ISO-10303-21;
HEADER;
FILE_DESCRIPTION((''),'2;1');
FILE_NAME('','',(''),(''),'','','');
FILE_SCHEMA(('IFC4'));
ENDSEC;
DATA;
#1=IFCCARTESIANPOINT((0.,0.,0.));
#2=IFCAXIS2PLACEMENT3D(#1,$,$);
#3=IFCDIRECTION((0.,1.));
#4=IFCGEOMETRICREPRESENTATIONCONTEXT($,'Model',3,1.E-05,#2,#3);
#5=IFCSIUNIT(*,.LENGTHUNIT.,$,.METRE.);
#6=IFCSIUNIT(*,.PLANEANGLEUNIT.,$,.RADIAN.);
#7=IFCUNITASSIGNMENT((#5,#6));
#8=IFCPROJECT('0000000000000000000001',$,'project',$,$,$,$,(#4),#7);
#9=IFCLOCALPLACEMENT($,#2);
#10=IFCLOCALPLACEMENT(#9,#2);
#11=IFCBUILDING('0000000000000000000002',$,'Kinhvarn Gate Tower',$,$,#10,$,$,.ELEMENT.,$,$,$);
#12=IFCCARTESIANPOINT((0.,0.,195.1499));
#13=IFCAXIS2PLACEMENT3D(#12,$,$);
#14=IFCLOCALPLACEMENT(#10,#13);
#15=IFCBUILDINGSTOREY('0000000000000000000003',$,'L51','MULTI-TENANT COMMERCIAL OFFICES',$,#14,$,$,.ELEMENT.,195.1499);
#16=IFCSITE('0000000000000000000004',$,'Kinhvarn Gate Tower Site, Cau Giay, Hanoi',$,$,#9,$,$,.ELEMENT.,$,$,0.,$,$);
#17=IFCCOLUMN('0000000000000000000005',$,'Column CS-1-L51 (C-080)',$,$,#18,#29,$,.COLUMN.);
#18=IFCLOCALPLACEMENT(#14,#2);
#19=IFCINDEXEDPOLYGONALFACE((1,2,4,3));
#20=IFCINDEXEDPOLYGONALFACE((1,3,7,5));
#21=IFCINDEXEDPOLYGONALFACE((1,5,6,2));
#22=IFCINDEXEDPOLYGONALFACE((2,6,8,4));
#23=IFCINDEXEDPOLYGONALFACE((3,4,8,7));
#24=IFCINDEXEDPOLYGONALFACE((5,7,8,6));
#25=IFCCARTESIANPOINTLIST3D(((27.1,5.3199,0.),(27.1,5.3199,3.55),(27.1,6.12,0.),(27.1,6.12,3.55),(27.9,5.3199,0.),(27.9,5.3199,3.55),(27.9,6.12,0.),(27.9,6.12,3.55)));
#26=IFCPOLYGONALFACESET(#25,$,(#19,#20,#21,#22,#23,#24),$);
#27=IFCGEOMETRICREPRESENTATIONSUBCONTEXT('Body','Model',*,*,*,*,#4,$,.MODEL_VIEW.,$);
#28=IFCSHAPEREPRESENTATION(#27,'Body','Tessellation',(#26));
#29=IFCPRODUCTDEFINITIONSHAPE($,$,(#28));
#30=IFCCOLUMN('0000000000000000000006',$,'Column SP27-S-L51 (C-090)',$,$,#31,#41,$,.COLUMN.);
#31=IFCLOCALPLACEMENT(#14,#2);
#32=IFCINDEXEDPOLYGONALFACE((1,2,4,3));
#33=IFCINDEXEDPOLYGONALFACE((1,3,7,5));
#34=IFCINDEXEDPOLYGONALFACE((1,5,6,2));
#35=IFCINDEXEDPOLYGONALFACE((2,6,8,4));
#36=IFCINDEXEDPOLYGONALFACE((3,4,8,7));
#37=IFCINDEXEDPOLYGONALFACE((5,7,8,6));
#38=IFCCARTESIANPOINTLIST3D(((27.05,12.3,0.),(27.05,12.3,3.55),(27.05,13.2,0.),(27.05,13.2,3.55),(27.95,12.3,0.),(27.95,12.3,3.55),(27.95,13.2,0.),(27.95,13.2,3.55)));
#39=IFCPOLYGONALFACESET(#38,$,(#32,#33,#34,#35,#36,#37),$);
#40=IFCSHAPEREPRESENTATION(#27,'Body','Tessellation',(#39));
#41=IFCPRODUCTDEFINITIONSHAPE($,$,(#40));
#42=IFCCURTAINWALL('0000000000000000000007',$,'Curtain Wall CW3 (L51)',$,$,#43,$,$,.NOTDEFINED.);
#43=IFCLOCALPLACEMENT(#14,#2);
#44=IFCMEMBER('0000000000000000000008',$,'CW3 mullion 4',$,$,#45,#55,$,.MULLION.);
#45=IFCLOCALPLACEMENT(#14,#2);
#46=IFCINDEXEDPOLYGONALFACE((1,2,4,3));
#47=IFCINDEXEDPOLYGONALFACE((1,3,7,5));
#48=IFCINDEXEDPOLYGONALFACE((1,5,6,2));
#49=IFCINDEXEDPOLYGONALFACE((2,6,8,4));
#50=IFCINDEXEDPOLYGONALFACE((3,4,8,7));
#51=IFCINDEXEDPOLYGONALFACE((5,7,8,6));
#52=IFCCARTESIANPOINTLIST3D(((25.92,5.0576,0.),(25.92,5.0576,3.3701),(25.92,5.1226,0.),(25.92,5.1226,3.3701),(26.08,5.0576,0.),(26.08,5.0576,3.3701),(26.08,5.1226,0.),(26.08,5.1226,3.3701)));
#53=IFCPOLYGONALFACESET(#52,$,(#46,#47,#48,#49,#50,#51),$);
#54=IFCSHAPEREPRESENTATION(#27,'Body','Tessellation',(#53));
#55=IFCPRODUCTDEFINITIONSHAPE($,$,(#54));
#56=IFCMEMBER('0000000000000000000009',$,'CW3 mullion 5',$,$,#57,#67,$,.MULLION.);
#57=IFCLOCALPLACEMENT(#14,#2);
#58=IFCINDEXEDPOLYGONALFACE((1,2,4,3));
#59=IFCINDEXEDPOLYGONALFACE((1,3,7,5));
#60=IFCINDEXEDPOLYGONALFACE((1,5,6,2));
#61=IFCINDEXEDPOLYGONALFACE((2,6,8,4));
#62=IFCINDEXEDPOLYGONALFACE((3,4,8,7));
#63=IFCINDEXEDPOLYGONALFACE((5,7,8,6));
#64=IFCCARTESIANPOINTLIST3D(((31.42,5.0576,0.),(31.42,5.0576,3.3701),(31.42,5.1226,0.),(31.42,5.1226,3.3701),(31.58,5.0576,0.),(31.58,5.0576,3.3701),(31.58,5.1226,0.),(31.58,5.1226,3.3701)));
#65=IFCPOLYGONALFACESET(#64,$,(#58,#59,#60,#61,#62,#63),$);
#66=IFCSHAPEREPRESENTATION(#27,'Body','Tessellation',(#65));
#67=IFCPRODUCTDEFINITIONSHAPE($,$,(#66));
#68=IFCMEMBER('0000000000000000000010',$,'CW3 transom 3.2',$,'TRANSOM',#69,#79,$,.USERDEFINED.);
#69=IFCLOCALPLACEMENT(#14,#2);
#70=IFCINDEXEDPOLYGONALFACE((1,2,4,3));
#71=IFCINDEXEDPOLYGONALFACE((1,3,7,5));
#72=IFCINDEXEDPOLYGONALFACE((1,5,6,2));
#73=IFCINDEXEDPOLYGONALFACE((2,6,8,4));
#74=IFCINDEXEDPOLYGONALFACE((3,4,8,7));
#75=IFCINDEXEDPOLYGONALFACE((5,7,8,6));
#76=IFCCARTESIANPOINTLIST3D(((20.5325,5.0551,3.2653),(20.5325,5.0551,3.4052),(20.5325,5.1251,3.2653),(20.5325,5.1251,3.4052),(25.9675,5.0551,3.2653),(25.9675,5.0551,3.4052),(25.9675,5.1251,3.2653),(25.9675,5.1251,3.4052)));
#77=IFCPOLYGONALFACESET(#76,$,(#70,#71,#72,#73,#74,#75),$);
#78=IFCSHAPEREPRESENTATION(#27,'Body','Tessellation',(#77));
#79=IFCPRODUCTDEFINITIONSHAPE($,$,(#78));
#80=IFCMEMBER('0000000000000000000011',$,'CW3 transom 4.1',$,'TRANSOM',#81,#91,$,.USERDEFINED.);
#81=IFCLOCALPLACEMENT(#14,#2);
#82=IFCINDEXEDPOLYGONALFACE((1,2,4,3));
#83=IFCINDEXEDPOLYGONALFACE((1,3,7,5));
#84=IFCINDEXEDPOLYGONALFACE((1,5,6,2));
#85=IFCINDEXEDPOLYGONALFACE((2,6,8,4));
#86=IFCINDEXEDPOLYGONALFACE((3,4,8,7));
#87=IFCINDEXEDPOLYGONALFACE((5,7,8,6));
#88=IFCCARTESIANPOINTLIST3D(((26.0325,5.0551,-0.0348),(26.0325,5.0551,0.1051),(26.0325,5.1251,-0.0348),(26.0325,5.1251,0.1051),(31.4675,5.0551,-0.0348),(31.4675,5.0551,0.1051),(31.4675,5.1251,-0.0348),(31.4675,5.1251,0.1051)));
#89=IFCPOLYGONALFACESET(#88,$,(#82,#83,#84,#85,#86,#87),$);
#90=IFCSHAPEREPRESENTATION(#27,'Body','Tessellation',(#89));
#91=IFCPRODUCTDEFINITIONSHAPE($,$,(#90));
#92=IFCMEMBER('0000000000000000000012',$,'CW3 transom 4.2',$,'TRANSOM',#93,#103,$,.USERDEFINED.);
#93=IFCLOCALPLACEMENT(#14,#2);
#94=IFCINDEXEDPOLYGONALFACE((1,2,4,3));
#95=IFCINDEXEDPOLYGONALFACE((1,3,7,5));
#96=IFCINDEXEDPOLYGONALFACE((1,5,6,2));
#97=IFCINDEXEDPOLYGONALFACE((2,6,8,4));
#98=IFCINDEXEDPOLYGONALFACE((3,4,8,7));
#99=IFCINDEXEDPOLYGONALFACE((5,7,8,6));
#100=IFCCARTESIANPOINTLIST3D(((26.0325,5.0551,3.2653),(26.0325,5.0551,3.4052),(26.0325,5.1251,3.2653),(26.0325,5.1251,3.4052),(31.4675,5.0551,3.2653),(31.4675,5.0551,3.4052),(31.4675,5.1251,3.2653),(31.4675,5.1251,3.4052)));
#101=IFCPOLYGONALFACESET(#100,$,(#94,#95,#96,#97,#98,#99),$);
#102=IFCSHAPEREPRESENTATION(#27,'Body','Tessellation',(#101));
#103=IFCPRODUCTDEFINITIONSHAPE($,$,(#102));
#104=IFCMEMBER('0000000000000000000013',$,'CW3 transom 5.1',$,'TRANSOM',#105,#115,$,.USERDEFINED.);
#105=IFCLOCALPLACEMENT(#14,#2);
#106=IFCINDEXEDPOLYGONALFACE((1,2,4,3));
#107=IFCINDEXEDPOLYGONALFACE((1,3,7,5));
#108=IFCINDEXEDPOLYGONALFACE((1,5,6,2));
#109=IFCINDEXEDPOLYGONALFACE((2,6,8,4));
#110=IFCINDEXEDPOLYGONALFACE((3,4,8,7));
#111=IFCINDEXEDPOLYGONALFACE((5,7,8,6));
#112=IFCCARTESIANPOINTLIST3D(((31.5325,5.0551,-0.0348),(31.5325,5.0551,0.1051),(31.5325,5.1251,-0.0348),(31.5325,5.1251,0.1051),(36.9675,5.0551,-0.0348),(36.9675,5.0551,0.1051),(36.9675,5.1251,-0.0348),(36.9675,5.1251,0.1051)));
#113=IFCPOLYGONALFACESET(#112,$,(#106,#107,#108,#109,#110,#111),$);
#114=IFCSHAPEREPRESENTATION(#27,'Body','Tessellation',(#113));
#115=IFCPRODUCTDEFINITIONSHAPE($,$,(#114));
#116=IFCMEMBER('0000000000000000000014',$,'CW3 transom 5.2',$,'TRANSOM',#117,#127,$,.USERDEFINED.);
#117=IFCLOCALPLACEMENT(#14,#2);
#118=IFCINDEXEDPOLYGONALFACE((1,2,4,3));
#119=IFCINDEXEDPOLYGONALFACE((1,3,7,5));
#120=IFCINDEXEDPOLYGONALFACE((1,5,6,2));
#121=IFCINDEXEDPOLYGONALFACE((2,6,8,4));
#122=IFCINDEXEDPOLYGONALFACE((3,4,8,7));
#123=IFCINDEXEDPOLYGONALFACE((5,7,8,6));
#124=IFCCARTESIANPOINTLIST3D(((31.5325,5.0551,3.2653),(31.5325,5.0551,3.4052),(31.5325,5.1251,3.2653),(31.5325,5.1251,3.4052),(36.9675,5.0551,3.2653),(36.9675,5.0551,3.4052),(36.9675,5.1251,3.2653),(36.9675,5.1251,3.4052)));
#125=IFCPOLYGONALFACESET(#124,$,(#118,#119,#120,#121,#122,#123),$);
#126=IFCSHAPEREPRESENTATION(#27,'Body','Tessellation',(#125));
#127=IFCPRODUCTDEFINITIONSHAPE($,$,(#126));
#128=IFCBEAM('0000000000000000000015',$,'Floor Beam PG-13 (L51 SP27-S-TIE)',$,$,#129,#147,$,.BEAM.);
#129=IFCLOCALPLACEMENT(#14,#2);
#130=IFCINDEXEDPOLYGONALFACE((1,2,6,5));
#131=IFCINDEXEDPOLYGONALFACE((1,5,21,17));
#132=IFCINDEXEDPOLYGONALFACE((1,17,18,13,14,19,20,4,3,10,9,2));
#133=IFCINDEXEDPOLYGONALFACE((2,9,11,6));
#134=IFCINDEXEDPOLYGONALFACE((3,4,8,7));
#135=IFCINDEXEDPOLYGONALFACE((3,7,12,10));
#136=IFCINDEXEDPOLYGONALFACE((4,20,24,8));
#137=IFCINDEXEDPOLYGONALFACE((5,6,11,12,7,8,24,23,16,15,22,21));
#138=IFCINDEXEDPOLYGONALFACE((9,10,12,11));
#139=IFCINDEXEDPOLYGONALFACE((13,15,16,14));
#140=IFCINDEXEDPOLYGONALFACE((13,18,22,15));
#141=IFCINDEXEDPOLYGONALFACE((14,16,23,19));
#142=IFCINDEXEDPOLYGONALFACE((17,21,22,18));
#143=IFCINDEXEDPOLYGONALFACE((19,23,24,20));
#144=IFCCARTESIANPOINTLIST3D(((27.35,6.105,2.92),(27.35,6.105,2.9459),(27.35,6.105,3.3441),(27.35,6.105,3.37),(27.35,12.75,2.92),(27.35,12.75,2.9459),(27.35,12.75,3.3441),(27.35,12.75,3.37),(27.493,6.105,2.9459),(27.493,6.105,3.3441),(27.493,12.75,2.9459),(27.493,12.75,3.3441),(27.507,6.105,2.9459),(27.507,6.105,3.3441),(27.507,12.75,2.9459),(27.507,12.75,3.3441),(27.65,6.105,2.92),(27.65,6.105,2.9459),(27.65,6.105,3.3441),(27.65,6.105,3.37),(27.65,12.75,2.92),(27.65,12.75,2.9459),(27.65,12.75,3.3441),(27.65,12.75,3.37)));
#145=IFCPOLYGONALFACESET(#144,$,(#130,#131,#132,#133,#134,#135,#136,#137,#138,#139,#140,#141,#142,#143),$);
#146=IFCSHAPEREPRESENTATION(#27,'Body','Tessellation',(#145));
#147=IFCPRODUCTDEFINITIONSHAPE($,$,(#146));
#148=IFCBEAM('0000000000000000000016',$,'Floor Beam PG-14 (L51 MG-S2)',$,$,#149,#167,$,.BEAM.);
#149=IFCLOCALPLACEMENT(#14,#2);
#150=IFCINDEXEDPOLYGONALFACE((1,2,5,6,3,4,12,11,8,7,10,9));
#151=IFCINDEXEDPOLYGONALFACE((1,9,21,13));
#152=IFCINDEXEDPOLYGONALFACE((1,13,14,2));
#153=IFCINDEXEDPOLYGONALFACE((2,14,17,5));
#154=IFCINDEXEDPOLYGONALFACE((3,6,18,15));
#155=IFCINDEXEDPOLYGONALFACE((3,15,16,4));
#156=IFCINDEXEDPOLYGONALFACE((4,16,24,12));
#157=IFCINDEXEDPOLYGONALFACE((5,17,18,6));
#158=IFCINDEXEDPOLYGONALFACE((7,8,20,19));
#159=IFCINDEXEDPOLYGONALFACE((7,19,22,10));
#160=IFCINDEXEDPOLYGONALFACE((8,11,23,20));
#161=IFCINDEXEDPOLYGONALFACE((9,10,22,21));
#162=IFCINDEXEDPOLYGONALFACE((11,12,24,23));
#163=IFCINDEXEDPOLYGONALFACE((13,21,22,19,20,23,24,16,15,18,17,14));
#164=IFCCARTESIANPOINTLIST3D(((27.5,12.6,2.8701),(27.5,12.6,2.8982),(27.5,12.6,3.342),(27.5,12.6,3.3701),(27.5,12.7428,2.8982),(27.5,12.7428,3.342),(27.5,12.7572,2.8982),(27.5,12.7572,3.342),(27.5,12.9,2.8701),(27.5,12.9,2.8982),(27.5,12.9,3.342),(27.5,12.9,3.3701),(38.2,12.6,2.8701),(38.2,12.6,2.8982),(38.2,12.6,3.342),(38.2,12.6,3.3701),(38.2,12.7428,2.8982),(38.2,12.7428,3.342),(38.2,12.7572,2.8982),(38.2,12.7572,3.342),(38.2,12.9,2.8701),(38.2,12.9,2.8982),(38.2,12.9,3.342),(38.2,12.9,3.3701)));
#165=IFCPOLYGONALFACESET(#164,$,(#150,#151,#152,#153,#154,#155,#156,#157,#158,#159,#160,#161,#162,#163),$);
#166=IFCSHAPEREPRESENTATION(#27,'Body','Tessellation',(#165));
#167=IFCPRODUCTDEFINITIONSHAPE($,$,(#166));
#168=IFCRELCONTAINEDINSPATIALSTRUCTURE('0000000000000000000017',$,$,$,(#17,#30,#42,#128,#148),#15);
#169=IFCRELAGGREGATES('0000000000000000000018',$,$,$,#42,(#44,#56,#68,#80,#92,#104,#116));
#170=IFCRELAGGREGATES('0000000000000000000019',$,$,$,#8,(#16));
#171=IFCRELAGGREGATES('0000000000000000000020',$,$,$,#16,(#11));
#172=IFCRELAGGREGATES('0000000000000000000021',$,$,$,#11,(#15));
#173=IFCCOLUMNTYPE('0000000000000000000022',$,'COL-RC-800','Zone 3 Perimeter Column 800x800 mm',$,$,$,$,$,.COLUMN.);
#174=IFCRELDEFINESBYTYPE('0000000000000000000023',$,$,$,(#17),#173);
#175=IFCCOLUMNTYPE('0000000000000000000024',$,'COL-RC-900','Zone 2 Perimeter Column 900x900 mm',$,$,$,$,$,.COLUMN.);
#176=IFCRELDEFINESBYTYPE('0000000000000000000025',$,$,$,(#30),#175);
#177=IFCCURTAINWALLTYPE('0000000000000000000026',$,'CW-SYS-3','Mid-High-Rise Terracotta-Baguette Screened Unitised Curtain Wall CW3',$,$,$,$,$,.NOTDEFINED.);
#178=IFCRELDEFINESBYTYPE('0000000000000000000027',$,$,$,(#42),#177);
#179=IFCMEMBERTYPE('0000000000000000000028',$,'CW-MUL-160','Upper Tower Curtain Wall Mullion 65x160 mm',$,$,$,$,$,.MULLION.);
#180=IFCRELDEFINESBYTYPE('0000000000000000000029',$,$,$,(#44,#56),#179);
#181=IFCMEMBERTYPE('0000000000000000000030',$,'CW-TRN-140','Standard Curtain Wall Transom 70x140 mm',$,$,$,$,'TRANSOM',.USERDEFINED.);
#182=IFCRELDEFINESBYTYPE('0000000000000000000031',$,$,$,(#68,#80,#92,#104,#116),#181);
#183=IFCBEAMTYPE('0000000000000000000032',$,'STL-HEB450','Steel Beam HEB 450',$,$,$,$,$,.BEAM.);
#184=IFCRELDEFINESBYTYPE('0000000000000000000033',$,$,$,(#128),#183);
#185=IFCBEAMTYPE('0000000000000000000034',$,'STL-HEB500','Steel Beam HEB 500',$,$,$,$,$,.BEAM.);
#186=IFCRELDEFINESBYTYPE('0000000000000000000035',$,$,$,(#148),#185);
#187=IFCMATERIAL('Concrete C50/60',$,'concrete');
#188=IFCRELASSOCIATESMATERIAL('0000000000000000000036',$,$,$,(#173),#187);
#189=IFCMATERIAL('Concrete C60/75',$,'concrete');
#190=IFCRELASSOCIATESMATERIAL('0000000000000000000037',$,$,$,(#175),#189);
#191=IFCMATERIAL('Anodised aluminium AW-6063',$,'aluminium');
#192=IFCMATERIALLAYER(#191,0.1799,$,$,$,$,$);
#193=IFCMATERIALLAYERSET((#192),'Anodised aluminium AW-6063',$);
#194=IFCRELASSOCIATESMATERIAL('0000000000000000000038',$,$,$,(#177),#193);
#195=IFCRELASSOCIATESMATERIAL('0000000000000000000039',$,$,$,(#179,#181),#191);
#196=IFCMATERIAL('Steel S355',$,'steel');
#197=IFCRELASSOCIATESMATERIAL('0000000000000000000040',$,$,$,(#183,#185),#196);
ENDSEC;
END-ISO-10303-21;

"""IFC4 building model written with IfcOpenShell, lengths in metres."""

from ifc_helpers import new_model, si_unit, direction, frame, origin, origin_2d, place, context, subcontext, project, spatial, rectangle, i_section, extrude, material, layer, layer_set, material_profile, profile_set, type_object, element, aggregate, save


model = new_model("IFC4")

# Units and contexts
model_context = context("Model", 3, precision=1e-05, world=origin(), true_north=direction((0.0, 1.0)))
body_context = subcontext(model_context, "Body", "Model", "MODEL_VIEW")
ifc_project = project(units=[si_unit("LENGTHUNIT", "METRE"), si_unit("PLANEANGLEUNIT", "RADIAN")], contexts=[model_context])

# Site, building, storey
site_placement = place(None, origin())
site = spatial("IfcSite", under=ifc_project, at=site_placement, Name="Kinhvarn Gate Tower Site, Cau Giay, Hanoi", CompositionType="ELEMENT", RefElevation=0.0)
building_placement = place(site_placement, origin())
building = spatial("IfcBuilding", under=site, at=building_placement, Name="Kinhvarn Gate Tower", CompositionType="ELEMENT")
storey_placement = place(building_placement, frame((0.0, 0.0, 195.1499)))
storey = spatial("IfcBuildingStorey", under=building, at=storey_placement, Name="L51", Description="MULTI-TENANT COMMERCIAL OFFICES", CompositionType="ELEMENT", Elevation=195.1499)

# Columns
ifc_material_1 = material(Name="Concrete C50/60", Category="concrete")
ifc_material_profile_1 = material_profile(ifc_material_1, rectangle(XDim=0.8, YDim=0.8, at=origin_2d()), Name="RC 800x800")
ifc_profile_set_1 = profile_set([ifc_material_profile_1], Name="Concrete C50/60")
column_type_1 = type_object("IfcColumnType", Name="COL-RC-800", Description="Zone 3 Perimeter Column 800x800 mm", PredefinedType="COLUMN", material=ifc_profile_set_1)
column_1_placement = place(storey_placement, frame((27.5, 5.72, 0.0), z_axis=(0.0, 0.0, 1.0), x_axis=(1.0, 0.0, 0.0)))
element("IfcColumn", 1, at=column_1_placement, inside=storey, type_object=column_type_1, Name="Column CS-1-L51 (C-080)", PredefinedType="COLUMN", context=body_context, shape_type="SweptSolid", body=[
    extrude(rectangle(XDim=0.8, YDim=0.8, at=origin_2d()), origin(), (0.0, 0.0, 1.0), 3.55),
])
ifc_material_2 = material(Name="Concrete C60/75", Category="concrete")
ifc_material_profile_2 = material_profile(ifc_material_2, rectangle(XDim=0.8999, YDim=0.8999, at=origin_2d()), Name="RC 900x900")
ifc_profile_set_2 = profile_set([ifc_material_profile_2], Name="Concrete C60/75")
column_type_2 = type_object("IfcColumnType", Name="COL-RC-900", Description="Zone 2 Perimeter Column 900x900 mm", PredefinedType="COLUMN", material=ifc_profile_set_2)
column_2_placement = place(storey_placement, frame((27.5, 12.75, 0.0), z_axis=(0.0, 0.0, 1.0), x_axis=(1.0, 0.0, 0.0)))
element("IfcColumn", 2, at=column_2_placement, inside=storey, type_object=column_type_2, Name="Column SP27-S-L51 (C-090)", PredefinedType="COLUMN", context=body_context, shape_type="SweptSolid", body=[
    extrude(rectangle(XDim=0.8999, YDim=0.8999, at=origin_2d()), origin(), (0.0, 0.0, 1.0), 3.55),
])

# Curtain wall, members
ifc_material_3 = material(Name="Anodised aluminium AW-6063", Category="aluminium")
ifc_layer_1 = layer(ifc_material_3, 0.1799)
ifc_layer_set_1 = layer_set([ifc_layer_1], Name="Anodised aluminium AW-6063")
curtain_wall_type = type_object("IfcCurtainWallType", Name="CW-SYS-3", Description="Mid-High-Rise Terracotta-Baguette Screened Unitised Curtain Wall CW3", PredefinedType="NOTDEFINED", material=ifc_layer_set_1)
curtain_wall_placement = place(storey_placement, origin())
curtain_wall = element("IfcCurtainWall", 3, at=curtain_wall_placement, inside=storey, type_object=curtain_wall_type, Name="Curtain Wall CW3 (L51)", PredefinedType="NOTDEFINED")
ifc_material_profile_3 = material_profile(ifc_material_3, rectangle(XDim=0.0649, YDim=0.1599, at=origin_2d()), Name="ALU 65x160")
ifc_profile_set_3 = profile_set([ifc_material_profile_3], Name="Anodised aluminium AW-6063")
member_type_1 = type_object("IfcMemberType", Name="CW-MUL-160", Description="Upper Tower Curtain Wall Mullion 65x160 mm", PredefinedType="MULLION", material=ifc_profile_set_3)
member_1_placement = place(storey_placement, frame((26.0, 5.0901, 0.0), z_axis=(0.0, 0.0, 1.0), x_axis=(0.0, 1.0, 0.0)))
member_1 = element("IfcMember", 4, at=member_1_placement, type_object=member_type_1, Name="CW3 mullion 4", PredefinedType="MULLION", context=body_context, shape_type="SweptSolid", body=[
    extrude(rectangle(XDim=0.0649, YDim=0.1599, at=origin_2d()), origin(), (0.0, 0.0, 1.0), 3.3701),
])
member_2_placement = place(storey_placement, frame((31.5, 5.0901, 0.0), z_axis=(0.0, 0.0, 1.0), x_axis=(0.0, 1.0, 0.0)))
member_2 = element("IfcMember", 5, at=member_2_placement, type_object=member_type_1, Name="CW3 mullion 5", PredefinedType="MULLION", context=body_context, shape_type="SweptSolid", body=[
    extrude(rectangle(XDim=0.0649, YDim=0.1599, at=origin_2d()), origin(), (0.0, 0.0, 1.0), 3.3701),
])
ifc_material_profile_4 = material_profile(ifc_material_3, rectangle(XDim=0.0701, YDim=0.1399, at=origin_2d()), Name="ALU 70x140")
ifc_profile_set_4 = profile_set([ifc_material_profile_4], Name="Anodised aluminium AW-6063")
member_type_2 = type_object("IfcMemberType", Name="CW-TRN-140", Description="Standard Curtain Wall Transom 70x140 mm", ElementType="TRANSOM", PredefinedType="USERDEFINED", material=ifc_profile_set_4)
member_3_placement = place(storey_placement, frame((20.5325, 5.0901, 3.3352), z_axis=(1.0, 0.0, 0.0), x_axis=(0.0, 1.0, 0.0)))
member_3 = element("IfcMember", 6, at=member_3_placement, type_object=member_type_2, Name="CW3 transom 3.2", ObjectType="TRANSOM", PredefinedType="USERDEFINED", context=body_context, shape_type="SweptSolid", body=[
    extrude(rectangle(XDim=0.0701, YDim=0.1399, at=origin_2d()), origin(), (0.0, 0.0, 1.0), 5.4351),
])
member_4_placement = place(storey_placement, frame((26.0325, 5.0901, 0.0352), z_axis=(1.0, 0.0, 0.0), x_axis=(0.0, 1.0, 0.0)))
member_4 = element("IfcMember", 7, at=member_4_placement, type_object=member_type_2, Name="CW3 transom 4.1", ObjectType="TRANSOM", PredefinedType="USERDEFINED", context=body_context, shape_type="SweptSolid", body=[
    extrude(rectangle(XDim=0.0701, YDim=0.1399, at=origin_2d()), origin(), (0.0, 0.0, 1.0), 5.4351),
])
member_5_placement = place(storey_placement, frame((26.0325, 5.0901, 3.3352), z_axis=(1.0, 0.0, 0.0), x_axis=(0.0, 1.0, 0.0)))
member_5 = element("IfcMember", 8, at=member_5_placement, type_object=member_type_2, Name="CW3 transom 4.2", ObjectType="TRANSOM", PredefinedType="USERDEFINED", context=body_context, shape_type="SweptSolid", body=[
    extrude(rectangle(XDim=0.0701, YDim=0.1399, at=origin_2d()), origin(), (0.0, 0.0, 1.0), 5.4351),
])
member_6_placement = place(storey_placement, frame((31.5325, 5.0901, 0.0352), z_axis=(1.0, 0.0, 0.0), x_axis=(0.0, 1.0, 0.0)))
member_6 = element("IfcMember", 9, at=member_6_placement, type_object=member_type_2, Name="CW3 transom 5.1", ObjectType="TRANSOM", PredefinedType="USERDEFINED", context=body_context, shape_type="SweptSolid", body=[
    extrude(rectangle(XDim=0.0701, YDim=0.1399, at=origin_2d()), origin(), (0.0, 0.0, 1.0), 5.4351),
])
member_7_placement = place(storey_placement, frame((31.5325, 5.0901, 3.3352), z_axis=(1.0, 0.0, 0.0), x_axis=(0.0, 1.0, 0.0)))
member_7 = element("IfcMember", 10, at=member_7_placement, type_object=member_type_2, Name="CW3 transom 5.2", ObjectType="TRANSOM", PredefinedType="USERDEFINED", context=body_context, shape_type="SweptSolid", body=[
    extrude(rectangle(XDim=0.0701, YDim=0.1399, at=origin_2d()), origin(), (0.0, 0.0, 1.0), 5.4351),
])

# Beams
ifc_material_4 = material(Name="Steel S355", Category="steel")
ifc_material_profile_5 = material_profile(ifc_material_4, i_section(OverallWidth=0.3, OverallDepth=0.45, WebThickness=0.0139, FlangeThickness=0.0259, at=origin_2d()), Name="HEB 450")
ifc_profile_set_5 = profile_set([ifc_material_profile_5], Name="Steel S355")
beam_type_1 = type_object("IfcBeamType", Name="STL-HEB450", Description="Steel Beam HEB 450", PredefinedType="BEAM", material=ifc_profile_set_5)
beam_1_placement = place(storey_placement, frame((27.5, 6.105, 3.145), z_axis=(0.0, 1.0, 0.0), x_axis=(-1.0, 0.0, 0.0)))
element("IfcBeam", 11, at=beam_1_placement, inside=storey, type_object=beam_type_1, Name="Floor Beam PG-13 (L51 SP27-S-TIE)", PredefinedType="BEAM", context=body_context, shape_type="SweptSolid", body=[
    extrude(i_section(OverallWidth=0.3, OverallDepth=0.45, WebThickness=0.0139, FlangeThickness=0.0259, at=origin_2d()), origin(), (0.0, 0.0, 1.0), 6.645),
])
ifc_material_profile_6 = material_profile(ifc_material_4, i_section(OverallWidth=0.3, OverallDepth=0.5, WebThickness=0.0144, FlangeThickness=0.0281, at=origin_2d()), Name="HEB 500")
ifc_profile_set_6 = profile_set([ifc_material_profile_6], Name="Steel S355")
beam_type_2 = type_object("IfcBeamType", Name="STL-HEB500", Description="Steel Beam HEB 500", PredefinedType="BEAM", material=ifc_profile_set_6)
beam_2_placement = place(storey_placement, frame((27.5, 12.75, 3.1201), z_axis=(1.0, 0.0, 0.0), x_axis=(0.0, 1.0, 0.0)))
element("IfcBeam", 12, at=beam_2_placement, inside=storey, type_object=beam_type_2, Name="Floor Beam PG-14 (L51 MG-S2)", PredefinedType="BEAM", context=body_context, shape_type="SweptSolid", body=[
    extrude(i_section(OverallWidth=0.3, OverallDepth=0.5, WebThickness=0.0144, FlangeThickness=0.0281, at=origin_2d()), origin(), (0.0, 0.0, 1.0), 10.7),
])

aggregate(curtain_wall, [member_1, member_2, member_3, member_4, member_5, member_6, member_7])

save(model, "model.ifc")
